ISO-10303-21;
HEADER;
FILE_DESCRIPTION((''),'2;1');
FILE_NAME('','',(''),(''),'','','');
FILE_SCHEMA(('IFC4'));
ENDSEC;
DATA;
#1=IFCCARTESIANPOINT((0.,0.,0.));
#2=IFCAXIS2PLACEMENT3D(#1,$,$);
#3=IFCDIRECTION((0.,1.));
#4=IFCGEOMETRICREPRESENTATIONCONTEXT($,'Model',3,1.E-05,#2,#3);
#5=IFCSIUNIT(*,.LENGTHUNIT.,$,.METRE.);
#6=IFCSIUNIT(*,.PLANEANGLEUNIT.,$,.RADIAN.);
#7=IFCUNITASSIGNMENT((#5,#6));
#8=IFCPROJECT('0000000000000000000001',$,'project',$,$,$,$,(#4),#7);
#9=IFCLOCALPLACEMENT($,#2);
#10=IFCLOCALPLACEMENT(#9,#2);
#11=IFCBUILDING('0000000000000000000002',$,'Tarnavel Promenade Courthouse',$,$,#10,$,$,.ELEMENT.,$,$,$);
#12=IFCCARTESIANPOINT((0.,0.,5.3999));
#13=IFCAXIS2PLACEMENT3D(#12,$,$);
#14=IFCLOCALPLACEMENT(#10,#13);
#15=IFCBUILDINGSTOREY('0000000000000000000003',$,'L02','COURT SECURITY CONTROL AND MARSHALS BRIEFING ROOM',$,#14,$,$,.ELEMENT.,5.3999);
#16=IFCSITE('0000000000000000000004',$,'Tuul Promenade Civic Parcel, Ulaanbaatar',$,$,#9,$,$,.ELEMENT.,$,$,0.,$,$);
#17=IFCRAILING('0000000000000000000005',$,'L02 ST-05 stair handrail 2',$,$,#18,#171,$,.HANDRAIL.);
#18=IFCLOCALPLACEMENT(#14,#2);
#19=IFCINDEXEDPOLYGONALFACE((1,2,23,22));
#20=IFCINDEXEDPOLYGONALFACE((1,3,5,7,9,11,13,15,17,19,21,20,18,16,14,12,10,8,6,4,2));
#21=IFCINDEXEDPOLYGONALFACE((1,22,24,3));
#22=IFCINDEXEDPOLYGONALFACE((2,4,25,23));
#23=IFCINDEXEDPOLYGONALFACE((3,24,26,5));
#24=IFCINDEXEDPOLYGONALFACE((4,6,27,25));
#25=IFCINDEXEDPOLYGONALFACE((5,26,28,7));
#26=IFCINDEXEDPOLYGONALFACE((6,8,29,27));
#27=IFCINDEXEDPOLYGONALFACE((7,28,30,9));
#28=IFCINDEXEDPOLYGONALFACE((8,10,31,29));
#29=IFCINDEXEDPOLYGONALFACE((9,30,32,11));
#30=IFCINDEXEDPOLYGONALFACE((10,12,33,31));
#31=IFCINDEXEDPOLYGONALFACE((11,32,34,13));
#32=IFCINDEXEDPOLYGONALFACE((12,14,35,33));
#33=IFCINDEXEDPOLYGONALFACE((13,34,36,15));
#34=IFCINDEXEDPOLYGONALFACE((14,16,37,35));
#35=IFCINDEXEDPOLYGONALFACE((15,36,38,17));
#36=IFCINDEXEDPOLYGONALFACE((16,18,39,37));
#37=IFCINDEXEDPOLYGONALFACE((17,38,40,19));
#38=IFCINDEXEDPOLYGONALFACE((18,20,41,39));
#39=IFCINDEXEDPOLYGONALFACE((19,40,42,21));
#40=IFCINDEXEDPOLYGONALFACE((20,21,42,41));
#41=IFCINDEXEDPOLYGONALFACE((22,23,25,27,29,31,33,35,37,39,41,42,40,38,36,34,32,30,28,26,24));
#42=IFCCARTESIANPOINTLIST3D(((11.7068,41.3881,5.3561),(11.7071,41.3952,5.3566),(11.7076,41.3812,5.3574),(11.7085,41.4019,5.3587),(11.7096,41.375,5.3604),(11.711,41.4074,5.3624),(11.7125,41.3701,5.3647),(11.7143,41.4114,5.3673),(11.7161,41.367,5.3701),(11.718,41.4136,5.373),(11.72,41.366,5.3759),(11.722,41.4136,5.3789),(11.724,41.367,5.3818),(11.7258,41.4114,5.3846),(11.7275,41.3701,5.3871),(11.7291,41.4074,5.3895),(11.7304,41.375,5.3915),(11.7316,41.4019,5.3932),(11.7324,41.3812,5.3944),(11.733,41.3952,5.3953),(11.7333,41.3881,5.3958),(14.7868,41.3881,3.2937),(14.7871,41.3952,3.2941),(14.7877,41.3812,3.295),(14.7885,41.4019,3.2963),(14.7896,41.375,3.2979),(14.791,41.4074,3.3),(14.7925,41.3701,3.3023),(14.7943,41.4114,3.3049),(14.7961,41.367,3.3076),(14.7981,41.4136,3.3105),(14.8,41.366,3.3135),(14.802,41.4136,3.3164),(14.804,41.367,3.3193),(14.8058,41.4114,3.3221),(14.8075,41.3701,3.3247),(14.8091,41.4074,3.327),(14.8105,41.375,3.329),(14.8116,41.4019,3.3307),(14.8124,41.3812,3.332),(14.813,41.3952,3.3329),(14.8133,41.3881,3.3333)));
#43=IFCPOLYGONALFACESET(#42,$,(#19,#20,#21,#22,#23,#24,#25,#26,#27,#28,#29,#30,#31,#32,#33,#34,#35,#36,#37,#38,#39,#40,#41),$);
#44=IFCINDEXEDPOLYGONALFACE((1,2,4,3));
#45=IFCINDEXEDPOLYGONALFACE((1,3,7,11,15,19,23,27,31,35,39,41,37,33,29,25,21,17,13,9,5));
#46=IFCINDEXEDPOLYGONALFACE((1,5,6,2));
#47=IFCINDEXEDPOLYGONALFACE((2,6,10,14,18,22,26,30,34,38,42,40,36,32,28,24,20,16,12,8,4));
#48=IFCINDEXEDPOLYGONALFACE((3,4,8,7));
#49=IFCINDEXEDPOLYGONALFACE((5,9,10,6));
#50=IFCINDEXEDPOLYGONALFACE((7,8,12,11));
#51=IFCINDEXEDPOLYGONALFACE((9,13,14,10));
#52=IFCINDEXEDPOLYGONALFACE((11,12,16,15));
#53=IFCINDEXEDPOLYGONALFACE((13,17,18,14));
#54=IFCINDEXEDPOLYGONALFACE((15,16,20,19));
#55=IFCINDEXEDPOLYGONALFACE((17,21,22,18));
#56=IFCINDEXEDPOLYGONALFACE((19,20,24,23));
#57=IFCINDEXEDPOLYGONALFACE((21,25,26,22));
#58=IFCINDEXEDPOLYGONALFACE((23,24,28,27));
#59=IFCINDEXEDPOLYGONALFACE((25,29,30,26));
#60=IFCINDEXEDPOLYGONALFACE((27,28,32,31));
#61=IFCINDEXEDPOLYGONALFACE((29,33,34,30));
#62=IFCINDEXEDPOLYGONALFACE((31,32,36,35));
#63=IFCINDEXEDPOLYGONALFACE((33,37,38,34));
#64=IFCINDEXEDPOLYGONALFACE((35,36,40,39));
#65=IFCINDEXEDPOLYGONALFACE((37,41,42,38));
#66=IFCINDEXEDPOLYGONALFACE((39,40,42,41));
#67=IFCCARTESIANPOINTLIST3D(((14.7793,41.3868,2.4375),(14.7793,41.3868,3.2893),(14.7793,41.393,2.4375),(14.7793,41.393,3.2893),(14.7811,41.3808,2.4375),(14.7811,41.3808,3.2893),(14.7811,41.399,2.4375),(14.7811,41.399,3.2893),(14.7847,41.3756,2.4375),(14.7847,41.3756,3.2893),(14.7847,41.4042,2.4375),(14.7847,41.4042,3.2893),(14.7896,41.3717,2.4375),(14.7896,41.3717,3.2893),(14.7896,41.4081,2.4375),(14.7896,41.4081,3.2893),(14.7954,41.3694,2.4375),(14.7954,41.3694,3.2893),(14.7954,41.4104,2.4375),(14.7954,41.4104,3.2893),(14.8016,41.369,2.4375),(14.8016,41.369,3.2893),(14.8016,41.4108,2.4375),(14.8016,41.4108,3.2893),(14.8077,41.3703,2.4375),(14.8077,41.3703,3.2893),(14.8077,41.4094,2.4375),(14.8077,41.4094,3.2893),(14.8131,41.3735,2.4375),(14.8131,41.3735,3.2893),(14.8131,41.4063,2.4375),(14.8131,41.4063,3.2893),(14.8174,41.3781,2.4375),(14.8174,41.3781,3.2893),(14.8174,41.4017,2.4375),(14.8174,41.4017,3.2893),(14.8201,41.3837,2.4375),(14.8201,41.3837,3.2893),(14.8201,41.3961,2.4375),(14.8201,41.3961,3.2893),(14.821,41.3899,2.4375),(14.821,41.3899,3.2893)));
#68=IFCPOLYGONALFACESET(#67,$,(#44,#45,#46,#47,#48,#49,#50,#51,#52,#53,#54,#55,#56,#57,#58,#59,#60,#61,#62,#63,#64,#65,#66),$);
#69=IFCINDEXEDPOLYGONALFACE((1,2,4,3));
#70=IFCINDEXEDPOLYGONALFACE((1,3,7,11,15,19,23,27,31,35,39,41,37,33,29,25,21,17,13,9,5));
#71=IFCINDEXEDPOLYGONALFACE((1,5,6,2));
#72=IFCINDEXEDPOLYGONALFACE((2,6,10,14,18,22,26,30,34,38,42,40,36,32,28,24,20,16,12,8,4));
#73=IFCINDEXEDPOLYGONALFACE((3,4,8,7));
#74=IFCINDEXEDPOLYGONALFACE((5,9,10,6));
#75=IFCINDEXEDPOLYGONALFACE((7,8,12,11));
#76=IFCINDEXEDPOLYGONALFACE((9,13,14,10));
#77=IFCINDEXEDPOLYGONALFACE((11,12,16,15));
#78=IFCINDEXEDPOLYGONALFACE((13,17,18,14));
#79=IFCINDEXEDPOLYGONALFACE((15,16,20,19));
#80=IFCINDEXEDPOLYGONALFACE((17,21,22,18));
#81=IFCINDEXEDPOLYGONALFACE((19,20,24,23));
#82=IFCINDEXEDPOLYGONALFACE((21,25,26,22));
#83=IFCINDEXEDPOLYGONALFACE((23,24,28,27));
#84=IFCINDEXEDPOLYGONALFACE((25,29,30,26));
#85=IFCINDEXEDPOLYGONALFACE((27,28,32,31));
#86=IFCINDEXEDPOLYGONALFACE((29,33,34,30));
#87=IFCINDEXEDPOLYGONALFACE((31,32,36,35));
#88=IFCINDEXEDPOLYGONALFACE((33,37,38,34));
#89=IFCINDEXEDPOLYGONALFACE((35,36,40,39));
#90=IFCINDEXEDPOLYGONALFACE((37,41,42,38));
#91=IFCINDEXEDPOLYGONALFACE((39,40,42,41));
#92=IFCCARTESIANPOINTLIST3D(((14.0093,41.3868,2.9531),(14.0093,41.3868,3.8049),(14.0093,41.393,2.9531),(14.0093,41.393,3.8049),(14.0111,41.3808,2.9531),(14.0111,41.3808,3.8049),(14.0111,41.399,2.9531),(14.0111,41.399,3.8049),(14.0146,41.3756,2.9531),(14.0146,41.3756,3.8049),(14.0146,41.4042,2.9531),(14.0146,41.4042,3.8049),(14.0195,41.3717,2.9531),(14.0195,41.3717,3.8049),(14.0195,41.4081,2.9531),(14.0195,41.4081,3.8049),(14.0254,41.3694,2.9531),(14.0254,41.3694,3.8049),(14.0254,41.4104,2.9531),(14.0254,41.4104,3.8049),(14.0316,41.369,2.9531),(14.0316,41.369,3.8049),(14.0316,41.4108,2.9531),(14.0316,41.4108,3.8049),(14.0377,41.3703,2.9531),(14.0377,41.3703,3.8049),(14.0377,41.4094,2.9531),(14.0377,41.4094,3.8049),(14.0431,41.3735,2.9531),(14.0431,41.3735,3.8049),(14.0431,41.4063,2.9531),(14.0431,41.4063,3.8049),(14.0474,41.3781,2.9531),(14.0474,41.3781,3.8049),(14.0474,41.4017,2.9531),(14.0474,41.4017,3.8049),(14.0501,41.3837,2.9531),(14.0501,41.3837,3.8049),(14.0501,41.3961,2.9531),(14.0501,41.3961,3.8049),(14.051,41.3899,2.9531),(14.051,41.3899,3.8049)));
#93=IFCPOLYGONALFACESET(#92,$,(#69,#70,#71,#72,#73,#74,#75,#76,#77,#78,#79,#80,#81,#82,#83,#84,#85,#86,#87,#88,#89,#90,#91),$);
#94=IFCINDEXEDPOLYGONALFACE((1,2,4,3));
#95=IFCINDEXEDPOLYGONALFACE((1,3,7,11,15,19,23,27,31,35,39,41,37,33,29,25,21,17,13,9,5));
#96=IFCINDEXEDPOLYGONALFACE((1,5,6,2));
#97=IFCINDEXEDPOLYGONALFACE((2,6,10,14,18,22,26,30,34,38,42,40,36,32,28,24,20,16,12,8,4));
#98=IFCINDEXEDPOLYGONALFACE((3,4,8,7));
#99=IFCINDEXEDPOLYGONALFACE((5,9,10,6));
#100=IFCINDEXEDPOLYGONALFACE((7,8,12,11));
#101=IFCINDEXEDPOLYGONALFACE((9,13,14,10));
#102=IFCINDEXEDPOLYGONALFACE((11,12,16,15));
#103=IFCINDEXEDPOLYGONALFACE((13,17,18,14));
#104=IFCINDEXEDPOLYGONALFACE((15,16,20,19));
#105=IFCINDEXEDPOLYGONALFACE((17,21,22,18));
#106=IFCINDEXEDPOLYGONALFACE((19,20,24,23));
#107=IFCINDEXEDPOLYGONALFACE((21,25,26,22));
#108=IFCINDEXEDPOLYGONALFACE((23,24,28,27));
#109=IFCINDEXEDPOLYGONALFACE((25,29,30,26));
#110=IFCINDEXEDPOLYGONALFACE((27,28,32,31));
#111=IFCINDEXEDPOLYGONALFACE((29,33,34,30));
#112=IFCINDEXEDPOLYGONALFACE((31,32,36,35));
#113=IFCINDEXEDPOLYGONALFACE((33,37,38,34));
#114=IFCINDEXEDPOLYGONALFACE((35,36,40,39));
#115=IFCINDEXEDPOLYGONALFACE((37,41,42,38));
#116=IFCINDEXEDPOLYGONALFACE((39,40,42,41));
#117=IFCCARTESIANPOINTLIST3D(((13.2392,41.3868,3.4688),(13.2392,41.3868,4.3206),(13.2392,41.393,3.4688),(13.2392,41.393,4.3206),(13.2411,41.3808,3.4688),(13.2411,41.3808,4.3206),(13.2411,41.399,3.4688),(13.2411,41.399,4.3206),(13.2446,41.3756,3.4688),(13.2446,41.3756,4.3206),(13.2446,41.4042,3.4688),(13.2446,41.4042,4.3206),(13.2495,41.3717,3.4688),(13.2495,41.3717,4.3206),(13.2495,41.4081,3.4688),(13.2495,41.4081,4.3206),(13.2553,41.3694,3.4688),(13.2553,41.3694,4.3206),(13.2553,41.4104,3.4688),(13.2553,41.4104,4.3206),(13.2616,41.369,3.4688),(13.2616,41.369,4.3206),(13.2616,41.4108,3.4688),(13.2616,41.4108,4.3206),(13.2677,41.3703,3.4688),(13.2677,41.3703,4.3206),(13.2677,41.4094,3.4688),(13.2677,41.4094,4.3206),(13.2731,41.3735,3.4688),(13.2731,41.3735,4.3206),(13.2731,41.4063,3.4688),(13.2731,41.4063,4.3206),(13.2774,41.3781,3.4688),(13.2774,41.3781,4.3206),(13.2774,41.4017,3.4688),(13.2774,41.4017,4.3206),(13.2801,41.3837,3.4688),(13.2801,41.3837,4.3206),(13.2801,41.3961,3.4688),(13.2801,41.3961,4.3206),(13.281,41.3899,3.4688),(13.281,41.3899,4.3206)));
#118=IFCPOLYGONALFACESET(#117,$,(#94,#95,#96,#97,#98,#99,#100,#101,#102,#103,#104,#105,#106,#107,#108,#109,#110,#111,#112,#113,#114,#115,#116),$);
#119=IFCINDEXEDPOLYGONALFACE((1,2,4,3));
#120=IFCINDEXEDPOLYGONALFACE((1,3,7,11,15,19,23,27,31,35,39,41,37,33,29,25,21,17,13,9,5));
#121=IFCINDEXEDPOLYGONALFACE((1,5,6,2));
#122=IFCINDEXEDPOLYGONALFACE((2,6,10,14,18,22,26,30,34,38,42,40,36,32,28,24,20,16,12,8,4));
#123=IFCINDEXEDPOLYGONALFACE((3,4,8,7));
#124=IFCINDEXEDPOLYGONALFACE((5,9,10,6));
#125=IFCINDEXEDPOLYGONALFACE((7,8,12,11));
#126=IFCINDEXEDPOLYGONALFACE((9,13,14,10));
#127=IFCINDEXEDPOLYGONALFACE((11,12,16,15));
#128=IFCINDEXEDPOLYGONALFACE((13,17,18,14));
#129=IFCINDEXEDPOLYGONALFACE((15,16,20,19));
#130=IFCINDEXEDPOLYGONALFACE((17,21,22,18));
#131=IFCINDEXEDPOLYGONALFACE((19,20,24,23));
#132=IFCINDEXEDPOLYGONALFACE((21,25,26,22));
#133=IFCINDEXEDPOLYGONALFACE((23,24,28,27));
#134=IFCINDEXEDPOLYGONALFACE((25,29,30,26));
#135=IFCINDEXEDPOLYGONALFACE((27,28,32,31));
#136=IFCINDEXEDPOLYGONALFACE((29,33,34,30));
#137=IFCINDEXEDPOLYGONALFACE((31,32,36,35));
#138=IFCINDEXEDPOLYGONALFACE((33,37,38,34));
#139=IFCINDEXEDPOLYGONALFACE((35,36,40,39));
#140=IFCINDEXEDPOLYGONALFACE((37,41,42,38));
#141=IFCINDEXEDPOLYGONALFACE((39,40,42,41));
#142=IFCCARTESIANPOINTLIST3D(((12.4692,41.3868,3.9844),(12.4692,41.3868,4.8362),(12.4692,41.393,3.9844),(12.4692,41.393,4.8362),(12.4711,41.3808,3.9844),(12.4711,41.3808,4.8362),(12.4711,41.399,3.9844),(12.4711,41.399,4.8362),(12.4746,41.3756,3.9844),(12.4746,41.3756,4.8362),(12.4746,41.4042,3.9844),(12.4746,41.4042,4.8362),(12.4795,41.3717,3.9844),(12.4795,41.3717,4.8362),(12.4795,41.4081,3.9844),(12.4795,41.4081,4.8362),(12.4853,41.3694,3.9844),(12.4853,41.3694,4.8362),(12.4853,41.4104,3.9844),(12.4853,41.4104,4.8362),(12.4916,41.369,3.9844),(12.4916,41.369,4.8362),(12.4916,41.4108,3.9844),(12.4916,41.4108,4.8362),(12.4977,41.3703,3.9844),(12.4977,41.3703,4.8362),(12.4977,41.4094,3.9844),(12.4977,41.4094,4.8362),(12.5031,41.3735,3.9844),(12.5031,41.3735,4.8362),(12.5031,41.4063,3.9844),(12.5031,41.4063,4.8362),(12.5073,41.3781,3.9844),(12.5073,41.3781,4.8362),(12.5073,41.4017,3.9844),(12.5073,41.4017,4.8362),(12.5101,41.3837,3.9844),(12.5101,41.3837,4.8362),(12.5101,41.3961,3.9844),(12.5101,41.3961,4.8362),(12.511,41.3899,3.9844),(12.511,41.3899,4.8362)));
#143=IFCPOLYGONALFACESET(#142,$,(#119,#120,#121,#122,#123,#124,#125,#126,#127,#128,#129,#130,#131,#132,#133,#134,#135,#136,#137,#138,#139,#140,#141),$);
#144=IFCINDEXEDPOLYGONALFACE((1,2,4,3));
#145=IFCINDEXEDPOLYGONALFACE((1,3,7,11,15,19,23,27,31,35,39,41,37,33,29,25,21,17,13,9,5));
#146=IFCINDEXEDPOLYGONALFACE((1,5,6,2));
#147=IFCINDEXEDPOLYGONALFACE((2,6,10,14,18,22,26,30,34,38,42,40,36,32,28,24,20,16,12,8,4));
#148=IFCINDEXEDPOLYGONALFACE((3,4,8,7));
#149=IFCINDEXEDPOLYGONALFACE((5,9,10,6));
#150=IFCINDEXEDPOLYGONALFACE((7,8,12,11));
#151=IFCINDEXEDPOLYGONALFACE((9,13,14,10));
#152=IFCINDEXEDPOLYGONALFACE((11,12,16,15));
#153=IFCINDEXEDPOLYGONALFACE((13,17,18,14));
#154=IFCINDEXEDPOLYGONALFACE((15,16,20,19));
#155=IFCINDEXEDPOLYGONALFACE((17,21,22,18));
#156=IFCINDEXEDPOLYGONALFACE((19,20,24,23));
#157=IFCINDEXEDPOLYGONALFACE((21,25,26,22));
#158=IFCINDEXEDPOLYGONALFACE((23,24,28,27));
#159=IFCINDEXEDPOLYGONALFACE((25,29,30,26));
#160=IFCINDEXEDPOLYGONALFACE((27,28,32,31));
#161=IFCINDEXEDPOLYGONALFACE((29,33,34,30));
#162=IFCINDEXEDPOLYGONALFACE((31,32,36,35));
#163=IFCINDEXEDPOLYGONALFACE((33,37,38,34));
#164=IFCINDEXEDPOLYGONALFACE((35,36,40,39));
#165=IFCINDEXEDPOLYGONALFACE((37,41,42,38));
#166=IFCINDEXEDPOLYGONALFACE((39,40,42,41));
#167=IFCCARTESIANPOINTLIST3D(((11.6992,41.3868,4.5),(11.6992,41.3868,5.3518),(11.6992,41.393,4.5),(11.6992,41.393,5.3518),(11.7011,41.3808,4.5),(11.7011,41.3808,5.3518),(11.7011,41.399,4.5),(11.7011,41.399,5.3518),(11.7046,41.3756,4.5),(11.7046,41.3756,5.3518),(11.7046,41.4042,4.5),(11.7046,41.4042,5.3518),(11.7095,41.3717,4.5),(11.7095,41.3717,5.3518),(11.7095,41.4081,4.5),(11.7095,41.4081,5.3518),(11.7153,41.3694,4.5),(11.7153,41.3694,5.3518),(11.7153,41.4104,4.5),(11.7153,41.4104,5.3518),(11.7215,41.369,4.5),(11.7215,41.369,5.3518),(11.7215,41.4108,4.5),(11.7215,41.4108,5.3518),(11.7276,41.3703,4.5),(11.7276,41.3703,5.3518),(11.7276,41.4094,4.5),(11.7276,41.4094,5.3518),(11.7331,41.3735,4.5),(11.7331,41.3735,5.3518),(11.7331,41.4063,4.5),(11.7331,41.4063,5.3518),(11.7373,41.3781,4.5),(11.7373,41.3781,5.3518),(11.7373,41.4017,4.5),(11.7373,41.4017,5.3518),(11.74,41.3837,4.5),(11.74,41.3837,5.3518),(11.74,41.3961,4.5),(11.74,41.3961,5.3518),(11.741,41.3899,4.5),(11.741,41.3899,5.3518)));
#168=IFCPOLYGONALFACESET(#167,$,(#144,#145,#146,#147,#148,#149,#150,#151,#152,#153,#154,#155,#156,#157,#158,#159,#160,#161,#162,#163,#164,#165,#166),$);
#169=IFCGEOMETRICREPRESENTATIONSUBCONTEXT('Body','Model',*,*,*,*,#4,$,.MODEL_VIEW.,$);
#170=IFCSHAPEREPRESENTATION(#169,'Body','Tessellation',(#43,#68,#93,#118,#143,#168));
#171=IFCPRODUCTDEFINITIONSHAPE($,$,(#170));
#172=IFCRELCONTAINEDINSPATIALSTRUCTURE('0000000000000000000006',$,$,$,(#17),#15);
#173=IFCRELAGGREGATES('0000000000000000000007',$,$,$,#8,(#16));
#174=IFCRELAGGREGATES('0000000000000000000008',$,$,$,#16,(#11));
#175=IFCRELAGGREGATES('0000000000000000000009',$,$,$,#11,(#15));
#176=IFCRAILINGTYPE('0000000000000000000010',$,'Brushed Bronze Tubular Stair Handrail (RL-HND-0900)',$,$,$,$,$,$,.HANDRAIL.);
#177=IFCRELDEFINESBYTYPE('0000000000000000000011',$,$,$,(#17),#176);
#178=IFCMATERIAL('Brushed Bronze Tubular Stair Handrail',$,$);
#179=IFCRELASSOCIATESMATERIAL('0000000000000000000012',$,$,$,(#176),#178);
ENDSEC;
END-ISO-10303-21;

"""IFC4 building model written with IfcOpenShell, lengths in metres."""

from ifc_helpers import new_model, si_unit, direction, frame, origin, origin_2d, place, context, subcontext, project, spatial, circle, extrude, material, type_object, element, save


model = new_model("IFC4")

# Units and contexts
model_context = context("Model", 3, precision=1e-05, world=origin(), true_north=direction((0.0, 1.0)))
body_context = subcontext(model_context, "Body", "Model", "MODEL_VIEW")
ifc_project = project(units=[si_unit("LENGTHUNIT", "METRE"), si_unit("PLANEANGLEUNIT", "RADIAN")], contexts=[model_context])

# Site, building, storey
site_placement = place(None, origin())
site = spatial("IfcSite", under=ifc_project, at=site_placement, Name="Tuul Promenade Civic Parcel, Ulaanbaatar", CompositionType="ELEMENT", RefElevation=0.0)
building_placement = place(site_placement, origin())
building = spatial("IfcBuilding", under=site, at=building_placement, Name="Tarnavel Promenade Courthouse", CompositionType="ELEMENT")
storey_placement = place(building_placement, frame((0.0, 0.0, 5.3999)))
storey = spatial("IfcBuildingStorey", under=building, at=storey_placement, Name="L02", Description="COURT SECURITY CONTROL AND MARSHALS BRIEFING ROOM", CompositionType="ELEMENT", Elevation=5.3999)

# Railing
ifc_material_1 = material(Name="Brushed Bronze Tubular Stair Handrail")
railing_type_1 = type_object("IfcRailingType", Name="Brushed Bronze Tubular Stair Handrail (RL-HND-0900)", PredefinedType="HANDRAIL", material=ifc_material_1)
railing_1_placement = place(storey_placement, frame((14.8, 41.3899, 2.4375)))
element("IfcRailing", 1, at=railing_1_placement, inside=storey, type_object=railing_type_1, Name="L02 ST-05 stair handrail 2", PredefinedType="HANDRAIL", context=body_context, shape_type="SweptSolid", body=[
    extrude(circle(Radius=0.0239, at=origin_2d()), frame((0.0, 0.0, 0.876), z_axis=(-0.830914, 0.0, 0.556401), x_axis=(0.0, -1.0, 0.0)), (0.0, 0.0, 1.0), 3.7068),
    extrude(circle(Radius=0.021, at=origin_2d()), origin(), (0.0, 0.0, 1.0), 0.8518),
    extrude(circle(Radius=0.021, at=origin_2d()), frame((-0.77, 0.0, 0.5156)), (0.0, 0.0, 1.0), 0.8518),
    extrude(circle(Radius=0.021, at=origin_2d()), frame((-1.54, 0.0, 1.0312)), (0.0, 0.0, 1.0), 0.8518),
    extrude(circle(Radius=0.021, at=origin_2d()), frame((-2.3101, 0.0, 1.5469)), (0.0, 0.0, 1.0), 0.8518),
    extrude(circle(Radius=0.021, at=origin_2d()), frame((-3.0801, 0.0, 2.0625)), (0.0, 0.0, 1.0), 0.8518),
])

save(model, "model.ifc")
